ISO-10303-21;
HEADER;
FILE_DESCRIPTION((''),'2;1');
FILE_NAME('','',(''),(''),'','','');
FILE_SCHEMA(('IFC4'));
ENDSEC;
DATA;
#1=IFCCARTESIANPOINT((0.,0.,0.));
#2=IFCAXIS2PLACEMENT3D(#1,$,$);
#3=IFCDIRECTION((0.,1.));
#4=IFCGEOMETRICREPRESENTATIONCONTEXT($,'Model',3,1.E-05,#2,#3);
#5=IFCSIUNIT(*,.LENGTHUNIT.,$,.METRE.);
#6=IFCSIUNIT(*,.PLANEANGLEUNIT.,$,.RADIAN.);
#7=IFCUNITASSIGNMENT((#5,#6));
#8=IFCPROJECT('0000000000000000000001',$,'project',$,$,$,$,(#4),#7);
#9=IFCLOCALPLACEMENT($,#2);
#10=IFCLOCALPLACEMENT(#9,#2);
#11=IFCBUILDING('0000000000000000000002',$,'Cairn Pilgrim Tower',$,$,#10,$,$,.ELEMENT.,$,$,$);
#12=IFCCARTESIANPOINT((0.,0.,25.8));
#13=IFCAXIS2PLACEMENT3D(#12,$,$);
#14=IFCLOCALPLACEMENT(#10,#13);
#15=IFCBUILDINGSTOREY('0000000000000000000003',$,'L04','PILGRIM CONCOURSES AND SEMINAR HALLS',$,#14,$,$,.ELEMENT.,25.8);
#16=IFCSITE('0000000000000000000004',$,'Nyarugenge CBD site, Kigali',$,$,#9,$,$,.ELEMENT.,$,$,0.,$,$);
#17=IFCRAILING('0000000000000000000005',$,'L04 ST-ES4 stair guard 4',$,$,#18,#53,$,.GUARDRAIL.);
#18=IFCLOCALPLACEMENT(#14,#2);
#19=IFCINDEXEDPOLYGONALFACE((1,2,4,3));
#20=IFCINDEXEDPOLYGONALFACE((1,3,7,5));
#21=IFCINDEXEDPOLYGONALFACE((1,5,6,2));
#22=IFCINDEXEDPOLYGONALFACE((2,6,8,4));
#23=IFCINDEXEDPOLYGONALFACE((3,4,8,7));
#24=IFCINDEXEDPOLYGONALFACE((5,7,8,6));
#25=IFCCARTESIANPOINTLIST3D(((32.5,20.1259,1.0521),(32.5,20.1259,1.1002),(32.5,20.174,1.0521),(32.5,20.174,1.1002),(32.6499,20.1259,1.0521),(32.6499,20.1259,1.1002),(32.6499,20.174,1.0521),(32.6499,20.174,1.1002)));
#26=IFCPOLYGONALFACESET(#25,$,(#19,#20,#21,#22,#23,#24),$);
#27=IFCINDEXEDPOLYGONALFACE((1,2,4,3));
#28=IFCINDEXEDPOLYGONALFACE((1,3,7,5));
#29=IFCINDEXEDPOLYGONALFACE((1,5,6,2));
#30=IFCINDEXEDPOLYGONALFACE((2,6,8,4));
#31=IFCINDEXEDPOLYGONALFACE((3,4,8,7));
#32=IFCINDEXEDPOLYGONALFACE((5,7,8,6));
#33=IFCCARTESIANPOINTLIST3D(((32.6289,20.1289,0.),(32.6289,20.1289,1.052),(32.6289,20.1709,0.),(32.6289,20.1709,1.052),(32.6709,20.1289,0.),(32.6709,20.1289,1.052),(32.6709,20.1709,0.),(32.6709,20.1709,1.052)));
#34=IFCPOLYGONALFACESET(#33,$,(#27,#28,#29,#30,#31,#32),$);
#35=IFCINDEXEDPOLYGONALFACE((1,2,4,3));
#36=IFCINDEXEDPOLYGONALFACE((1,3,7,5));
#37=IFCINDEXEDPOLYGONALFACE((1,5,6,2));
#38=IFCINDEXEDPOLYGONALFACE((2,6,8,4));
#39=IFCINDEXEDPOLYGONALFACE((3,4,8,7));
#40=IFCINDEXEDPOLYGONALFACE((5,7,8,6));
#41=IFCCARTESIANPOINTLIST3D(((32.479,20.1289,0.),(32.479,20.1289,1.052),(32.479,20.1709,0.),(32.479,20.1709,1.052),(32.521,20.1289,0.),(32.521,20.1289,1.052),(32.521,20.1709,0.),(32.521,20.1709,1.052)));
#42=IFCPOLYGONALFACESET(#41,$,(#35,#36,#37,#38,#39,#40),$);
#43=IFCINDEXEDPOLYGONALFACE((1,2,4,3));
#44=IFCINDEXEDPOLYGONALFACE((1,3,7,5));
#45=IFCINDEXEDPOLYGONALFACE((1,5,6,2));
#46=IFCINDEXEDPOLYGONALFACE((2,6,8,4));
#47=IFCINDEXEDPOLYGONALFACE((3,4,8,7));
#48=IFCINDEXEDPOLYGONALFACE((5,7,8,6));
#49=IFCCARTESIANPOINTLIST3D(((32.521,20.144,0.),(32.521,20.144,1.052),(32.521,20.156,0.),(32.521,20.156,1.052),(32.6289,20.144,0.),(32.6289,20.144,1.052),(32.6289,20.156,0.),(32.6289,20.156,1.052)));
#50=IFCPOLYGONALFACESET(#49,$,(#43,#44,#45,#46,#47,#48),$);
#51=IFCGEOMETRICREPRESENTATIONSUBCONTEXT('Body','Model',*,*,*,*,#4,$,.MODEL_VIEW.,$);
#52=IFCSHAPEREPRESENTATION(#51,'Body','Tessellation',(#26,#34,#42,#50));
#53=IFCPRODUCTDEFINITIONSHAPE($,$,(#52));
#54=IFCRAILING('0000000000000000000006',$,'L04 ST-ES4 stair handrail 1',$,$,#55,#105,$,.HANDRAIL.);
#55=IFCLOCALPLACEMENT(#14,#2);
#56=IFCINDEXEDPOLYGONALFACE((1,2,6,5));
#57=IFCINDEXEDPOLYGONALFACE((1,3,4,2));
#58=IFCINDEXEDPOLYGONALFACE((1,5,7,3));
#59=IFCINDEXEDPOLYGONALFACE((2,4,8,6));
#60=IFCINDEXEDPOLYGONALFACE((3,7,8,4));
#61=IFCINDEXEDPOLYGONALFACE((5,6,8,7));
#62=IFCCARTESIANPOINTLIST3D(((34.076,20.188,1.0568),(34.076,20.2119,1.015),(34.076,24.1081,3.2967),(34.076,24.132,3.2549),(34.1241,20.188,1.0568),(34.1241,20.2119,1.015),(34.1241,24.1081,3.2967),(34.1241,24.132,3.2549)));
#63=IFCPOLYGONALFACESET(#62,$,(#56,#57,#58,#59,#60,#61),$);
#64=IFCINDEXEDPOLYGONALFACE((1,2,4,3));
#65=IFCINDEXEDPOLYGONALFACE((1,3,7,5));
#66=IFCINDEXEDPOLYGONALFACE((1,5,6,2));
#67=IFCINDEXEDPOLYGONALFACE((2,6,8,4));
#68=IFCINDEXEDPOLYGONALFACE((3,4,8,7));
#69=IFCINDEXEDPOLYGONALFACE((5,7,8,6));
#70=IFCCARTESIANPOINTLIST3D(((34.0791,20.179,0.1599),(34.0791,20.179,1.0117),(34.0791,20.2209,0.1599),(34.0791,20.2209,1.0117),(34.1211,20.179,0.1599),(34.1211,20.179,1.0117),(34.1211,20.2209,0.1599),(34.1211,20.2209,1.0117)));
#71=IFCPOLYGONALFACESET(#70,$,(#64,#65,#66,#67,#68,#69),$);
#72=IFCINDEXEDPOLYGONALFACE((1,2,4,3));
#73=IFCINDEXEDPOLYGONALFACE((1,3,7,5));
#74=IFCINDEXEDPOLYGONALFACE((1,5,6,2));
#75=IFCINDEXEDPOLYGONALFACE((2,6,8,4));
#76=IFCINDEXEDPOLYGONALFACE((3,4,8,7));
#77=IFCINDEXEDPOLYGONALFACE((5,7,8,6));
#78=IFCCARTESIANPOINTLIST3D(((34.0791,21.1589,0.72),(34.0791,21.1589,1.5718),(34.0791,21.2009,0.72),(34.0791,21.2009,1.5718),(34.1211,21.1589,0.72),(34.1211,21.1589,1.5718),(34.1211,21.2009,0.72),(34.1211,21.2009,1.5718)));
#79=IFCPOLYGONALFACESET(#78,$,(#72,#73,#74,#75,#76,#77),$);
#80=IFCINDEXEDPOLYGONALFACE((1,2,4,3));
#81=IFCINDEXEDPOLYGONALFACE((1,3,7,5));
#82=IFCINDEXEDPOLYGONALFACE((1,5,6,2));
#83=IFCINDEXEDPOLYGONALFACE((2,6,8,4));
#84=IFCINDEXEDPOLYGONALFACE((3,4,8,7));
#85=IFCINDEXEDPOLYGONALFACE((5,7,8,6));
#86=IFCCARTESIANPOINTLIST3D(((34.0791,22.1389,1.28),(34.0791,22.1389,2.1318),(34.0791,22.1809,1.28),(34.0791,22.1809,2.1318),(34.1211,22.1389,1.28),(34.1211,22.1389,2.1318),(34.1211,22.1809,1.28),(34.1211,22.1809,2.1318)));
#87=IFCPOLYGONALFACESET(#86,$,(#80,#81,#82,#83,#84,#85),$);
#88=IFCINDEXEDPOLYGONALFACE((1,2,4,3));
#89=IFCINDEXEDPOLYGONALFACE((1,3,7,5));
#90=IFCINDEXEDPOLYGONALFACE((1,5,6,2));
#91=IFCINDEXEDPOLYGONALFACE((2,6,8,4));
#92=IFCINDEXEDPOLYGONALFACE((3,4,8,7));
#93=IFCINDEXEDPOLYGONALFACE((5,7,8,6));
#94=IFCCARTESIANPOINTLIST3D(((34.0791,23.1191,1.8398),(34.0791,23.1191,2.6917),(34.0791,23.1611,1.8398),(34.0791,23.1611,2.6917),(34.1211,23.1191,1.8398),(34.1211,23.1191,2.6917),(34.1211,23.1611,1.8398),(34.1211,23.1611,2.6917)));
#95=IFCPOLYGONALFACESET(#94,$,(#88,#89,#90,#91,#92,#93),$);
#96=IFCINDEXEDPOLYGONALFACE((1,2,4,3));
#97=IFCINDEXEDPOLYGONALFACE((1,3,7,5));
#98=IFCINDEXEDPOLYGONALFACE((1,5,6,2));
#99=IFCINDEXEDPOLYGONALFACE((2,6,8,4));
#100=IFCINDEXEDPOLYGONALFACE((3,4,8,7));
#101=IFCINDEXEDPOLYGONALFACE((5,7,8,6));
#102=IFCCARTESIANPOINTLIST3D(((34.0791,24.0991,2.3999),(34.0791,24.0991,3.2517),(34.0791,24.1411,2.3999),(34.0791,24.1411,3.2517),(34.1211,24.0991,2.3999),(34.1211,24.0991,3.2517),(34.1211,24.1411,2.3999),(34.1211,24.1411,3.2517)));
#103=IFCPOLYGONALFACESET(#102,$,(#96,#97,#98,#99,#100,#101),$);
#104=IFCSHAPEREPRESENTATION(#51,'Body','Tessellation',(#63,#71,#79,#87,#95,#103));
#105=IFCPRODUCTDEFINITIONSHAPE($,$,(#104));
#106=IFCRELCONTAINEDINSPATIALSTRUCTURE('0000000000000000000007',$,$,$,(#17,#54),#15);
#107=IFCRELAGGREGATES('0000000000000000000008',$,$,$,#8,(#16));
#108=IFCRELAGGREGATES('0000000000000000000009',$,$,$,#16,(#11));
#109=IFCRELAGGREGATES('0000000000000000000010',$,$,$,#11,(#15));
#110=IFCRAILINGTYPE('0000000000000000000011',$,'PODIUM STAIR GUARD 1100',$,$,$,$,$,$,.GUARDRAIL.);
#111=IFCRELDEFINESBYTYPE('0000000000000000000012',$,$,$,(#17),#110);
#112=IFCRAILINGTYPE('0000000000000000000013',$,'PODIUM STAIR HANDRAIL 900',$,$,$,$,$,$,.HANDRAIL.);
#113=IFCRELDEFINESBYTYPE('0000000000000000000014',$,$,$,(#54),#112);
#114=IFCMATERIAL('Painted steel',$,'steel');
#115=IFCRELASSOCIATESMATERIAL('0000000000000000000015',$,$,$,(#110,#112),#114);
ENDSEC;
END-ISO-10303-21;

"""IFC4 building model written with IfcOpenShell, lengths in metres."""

from ifc_helpers import new_model, si_unit, direction, frame, origin, origin_2d, place, context, subcontext, project, spatial, polyline, rectangle, outline, extrude, material, type_object, element, save


model = new_model("IFC4")

# Units and contexts
model_context = context("Model", 3, precision=1e-05, world=origin(), true_north=direction((0.0, 1.0)))
body_context = subcontext(model_context, "Body", "Model", "MODEL_VIEW")
ifc_project = project(units=[si_unit("LENGTHUNIT", "METRE"), si_unit("PLANEANGLEUNIT", "RADIAN")], contexts=[model_context])

# Site, building, storey
site_placement = place(None, origin())
site = spatial("IfcSite", under=ifc_project, at=site_placement, Name="Nyarugenge CBD site, Kigali", CompositionType="ELEMENT", RefElevation=0.0)
building_placement = place(site_placement, origin())
building = spatial("IfcBuilding", under=site, at=building_placement, Name="Cairn Pilgrim Tower", CompositionType="ELEMENT")
storey_placement = place(building_placement, frame((0.0, 0.0, 25.8)))
storey = spatial("IfcBuildingStorey", under=building, at=storey_placement, Name="L04", Description="PILGRIM CONCOURSES AND SEMINAR HALLS", CompositionType="ELEMENT", Elevation=25.8)

# Railings
ifc_material_1 = material(Name="Painted steel", Category="steel")
railing_type_1 = type_object("IfcRailingType", Name="PODIUM STAIR GUARD 1100", PredefinedType="GUARDRAIL", material=ifc_material_1)
railing_1_placement = place(storey_placement, frame((32.6499, 20.1499, 0.0)))
element("IfcRailing", 1, at=railing_1_placement, inside=storey, type_object=railing_type_1, Name="L04 ST-ES4 stair guard 4", PredefinedType="GUARDRAIL", context=body_context, shape_type="SweptSolid", body=[
    extrude(rectangle(XDim=0.0481, YDim=0.0481, at=origin_2d()), frame((0.0, 0.0, 1.0762), z_axis=(-1.0, 0.0, 0.0), x_axis=(0.0, -1.0, 0.0)), (0.0, 0.0, 1.0), 0.1499),
    extrude(rectangle(XDim=0.042, YDim=0.042, at=origin_2d()), origin(), (0.0, 0.0, 1.0), 1.052),
    extrude(rectangle(XDim=0.042, YDim=0.042, at=origin_2d()), frame((-0.1499, 0.0, 0.0)), (0.0, 0.0, 1.0), 1.052),
    extrude(outline(polyline([(0.021, 0.0), (0.1289, 0.0), (0.1289, 1.052), (0.021, 1.052), (0.021, 0.0)])), frame((0.0, -0.0059, 0.0), z_axis=(0.0, 1.0, 0.0), x_axis=(-1.0, 0.0, 0.0)), (0.0, 0.0, 1.0), 0.012),
])
railing_type_2 = type_object("IfcRailingType", Name="PODIUM STAIR HANDRAIL 900", PredefinedType="HANDRAIL", material=ifc_material_1)
railing_2_placement = place(storey_placement, frame((34.1001, 20.2, 0.1599)))
element("IfcRailing", 2, at=railing_2_placement, inside=storey, type_object=railing_type_2, Name="L04 ST-ES4 stair handrail 1", PredefinedType="HANDRAIL", context=body_context, shape_type="SweptSolid", body=[
    extrude(rectangle(XDim=0.0481, YDim=0.0481, at=origin_2d()), frame((0.0, 0.0, 0.876), z_axis=(0.0, 0.868253, 0.496121), x_axis=(-1.0, 0.0, 0.0)), (0.0, 0.0, 1.0), 4.5149),
    extrude(rectangle(XDim=0.042, YDim=0.042, at=origin_2d()), origin(), (0.0, 0.0, 1.0), 0.8518),
    extrude(rectangle(XDim=0.042, YDim=0.042, at=origin_2d()), frame((0.0, 0.98, 0.5601)), (0.0, 0.0, 1.0), 0.8518),
    extrude(rectangle(XDim=0.042, YDim=0.042, at=origin_2d()), frame((0.0, 1.96, 1.1201)), (0.0, 0.0, 1.0), 0.8518),
    extrude(rectangle(XDim=0.042, YDim=0.042, at=origin_2d()), frame((0.0, 2.9402, 1.6799)), (0.0, 0.0, 1.0), 0.8518),
    extrude(rectangle(XDim=0.042, YDim=0.042, at=origin_2d()), frame((0.0, 3.9202, 2.24)), (0.0, 0.0, 1.0), 0.8518),
])

save(model, "model.ifc")
